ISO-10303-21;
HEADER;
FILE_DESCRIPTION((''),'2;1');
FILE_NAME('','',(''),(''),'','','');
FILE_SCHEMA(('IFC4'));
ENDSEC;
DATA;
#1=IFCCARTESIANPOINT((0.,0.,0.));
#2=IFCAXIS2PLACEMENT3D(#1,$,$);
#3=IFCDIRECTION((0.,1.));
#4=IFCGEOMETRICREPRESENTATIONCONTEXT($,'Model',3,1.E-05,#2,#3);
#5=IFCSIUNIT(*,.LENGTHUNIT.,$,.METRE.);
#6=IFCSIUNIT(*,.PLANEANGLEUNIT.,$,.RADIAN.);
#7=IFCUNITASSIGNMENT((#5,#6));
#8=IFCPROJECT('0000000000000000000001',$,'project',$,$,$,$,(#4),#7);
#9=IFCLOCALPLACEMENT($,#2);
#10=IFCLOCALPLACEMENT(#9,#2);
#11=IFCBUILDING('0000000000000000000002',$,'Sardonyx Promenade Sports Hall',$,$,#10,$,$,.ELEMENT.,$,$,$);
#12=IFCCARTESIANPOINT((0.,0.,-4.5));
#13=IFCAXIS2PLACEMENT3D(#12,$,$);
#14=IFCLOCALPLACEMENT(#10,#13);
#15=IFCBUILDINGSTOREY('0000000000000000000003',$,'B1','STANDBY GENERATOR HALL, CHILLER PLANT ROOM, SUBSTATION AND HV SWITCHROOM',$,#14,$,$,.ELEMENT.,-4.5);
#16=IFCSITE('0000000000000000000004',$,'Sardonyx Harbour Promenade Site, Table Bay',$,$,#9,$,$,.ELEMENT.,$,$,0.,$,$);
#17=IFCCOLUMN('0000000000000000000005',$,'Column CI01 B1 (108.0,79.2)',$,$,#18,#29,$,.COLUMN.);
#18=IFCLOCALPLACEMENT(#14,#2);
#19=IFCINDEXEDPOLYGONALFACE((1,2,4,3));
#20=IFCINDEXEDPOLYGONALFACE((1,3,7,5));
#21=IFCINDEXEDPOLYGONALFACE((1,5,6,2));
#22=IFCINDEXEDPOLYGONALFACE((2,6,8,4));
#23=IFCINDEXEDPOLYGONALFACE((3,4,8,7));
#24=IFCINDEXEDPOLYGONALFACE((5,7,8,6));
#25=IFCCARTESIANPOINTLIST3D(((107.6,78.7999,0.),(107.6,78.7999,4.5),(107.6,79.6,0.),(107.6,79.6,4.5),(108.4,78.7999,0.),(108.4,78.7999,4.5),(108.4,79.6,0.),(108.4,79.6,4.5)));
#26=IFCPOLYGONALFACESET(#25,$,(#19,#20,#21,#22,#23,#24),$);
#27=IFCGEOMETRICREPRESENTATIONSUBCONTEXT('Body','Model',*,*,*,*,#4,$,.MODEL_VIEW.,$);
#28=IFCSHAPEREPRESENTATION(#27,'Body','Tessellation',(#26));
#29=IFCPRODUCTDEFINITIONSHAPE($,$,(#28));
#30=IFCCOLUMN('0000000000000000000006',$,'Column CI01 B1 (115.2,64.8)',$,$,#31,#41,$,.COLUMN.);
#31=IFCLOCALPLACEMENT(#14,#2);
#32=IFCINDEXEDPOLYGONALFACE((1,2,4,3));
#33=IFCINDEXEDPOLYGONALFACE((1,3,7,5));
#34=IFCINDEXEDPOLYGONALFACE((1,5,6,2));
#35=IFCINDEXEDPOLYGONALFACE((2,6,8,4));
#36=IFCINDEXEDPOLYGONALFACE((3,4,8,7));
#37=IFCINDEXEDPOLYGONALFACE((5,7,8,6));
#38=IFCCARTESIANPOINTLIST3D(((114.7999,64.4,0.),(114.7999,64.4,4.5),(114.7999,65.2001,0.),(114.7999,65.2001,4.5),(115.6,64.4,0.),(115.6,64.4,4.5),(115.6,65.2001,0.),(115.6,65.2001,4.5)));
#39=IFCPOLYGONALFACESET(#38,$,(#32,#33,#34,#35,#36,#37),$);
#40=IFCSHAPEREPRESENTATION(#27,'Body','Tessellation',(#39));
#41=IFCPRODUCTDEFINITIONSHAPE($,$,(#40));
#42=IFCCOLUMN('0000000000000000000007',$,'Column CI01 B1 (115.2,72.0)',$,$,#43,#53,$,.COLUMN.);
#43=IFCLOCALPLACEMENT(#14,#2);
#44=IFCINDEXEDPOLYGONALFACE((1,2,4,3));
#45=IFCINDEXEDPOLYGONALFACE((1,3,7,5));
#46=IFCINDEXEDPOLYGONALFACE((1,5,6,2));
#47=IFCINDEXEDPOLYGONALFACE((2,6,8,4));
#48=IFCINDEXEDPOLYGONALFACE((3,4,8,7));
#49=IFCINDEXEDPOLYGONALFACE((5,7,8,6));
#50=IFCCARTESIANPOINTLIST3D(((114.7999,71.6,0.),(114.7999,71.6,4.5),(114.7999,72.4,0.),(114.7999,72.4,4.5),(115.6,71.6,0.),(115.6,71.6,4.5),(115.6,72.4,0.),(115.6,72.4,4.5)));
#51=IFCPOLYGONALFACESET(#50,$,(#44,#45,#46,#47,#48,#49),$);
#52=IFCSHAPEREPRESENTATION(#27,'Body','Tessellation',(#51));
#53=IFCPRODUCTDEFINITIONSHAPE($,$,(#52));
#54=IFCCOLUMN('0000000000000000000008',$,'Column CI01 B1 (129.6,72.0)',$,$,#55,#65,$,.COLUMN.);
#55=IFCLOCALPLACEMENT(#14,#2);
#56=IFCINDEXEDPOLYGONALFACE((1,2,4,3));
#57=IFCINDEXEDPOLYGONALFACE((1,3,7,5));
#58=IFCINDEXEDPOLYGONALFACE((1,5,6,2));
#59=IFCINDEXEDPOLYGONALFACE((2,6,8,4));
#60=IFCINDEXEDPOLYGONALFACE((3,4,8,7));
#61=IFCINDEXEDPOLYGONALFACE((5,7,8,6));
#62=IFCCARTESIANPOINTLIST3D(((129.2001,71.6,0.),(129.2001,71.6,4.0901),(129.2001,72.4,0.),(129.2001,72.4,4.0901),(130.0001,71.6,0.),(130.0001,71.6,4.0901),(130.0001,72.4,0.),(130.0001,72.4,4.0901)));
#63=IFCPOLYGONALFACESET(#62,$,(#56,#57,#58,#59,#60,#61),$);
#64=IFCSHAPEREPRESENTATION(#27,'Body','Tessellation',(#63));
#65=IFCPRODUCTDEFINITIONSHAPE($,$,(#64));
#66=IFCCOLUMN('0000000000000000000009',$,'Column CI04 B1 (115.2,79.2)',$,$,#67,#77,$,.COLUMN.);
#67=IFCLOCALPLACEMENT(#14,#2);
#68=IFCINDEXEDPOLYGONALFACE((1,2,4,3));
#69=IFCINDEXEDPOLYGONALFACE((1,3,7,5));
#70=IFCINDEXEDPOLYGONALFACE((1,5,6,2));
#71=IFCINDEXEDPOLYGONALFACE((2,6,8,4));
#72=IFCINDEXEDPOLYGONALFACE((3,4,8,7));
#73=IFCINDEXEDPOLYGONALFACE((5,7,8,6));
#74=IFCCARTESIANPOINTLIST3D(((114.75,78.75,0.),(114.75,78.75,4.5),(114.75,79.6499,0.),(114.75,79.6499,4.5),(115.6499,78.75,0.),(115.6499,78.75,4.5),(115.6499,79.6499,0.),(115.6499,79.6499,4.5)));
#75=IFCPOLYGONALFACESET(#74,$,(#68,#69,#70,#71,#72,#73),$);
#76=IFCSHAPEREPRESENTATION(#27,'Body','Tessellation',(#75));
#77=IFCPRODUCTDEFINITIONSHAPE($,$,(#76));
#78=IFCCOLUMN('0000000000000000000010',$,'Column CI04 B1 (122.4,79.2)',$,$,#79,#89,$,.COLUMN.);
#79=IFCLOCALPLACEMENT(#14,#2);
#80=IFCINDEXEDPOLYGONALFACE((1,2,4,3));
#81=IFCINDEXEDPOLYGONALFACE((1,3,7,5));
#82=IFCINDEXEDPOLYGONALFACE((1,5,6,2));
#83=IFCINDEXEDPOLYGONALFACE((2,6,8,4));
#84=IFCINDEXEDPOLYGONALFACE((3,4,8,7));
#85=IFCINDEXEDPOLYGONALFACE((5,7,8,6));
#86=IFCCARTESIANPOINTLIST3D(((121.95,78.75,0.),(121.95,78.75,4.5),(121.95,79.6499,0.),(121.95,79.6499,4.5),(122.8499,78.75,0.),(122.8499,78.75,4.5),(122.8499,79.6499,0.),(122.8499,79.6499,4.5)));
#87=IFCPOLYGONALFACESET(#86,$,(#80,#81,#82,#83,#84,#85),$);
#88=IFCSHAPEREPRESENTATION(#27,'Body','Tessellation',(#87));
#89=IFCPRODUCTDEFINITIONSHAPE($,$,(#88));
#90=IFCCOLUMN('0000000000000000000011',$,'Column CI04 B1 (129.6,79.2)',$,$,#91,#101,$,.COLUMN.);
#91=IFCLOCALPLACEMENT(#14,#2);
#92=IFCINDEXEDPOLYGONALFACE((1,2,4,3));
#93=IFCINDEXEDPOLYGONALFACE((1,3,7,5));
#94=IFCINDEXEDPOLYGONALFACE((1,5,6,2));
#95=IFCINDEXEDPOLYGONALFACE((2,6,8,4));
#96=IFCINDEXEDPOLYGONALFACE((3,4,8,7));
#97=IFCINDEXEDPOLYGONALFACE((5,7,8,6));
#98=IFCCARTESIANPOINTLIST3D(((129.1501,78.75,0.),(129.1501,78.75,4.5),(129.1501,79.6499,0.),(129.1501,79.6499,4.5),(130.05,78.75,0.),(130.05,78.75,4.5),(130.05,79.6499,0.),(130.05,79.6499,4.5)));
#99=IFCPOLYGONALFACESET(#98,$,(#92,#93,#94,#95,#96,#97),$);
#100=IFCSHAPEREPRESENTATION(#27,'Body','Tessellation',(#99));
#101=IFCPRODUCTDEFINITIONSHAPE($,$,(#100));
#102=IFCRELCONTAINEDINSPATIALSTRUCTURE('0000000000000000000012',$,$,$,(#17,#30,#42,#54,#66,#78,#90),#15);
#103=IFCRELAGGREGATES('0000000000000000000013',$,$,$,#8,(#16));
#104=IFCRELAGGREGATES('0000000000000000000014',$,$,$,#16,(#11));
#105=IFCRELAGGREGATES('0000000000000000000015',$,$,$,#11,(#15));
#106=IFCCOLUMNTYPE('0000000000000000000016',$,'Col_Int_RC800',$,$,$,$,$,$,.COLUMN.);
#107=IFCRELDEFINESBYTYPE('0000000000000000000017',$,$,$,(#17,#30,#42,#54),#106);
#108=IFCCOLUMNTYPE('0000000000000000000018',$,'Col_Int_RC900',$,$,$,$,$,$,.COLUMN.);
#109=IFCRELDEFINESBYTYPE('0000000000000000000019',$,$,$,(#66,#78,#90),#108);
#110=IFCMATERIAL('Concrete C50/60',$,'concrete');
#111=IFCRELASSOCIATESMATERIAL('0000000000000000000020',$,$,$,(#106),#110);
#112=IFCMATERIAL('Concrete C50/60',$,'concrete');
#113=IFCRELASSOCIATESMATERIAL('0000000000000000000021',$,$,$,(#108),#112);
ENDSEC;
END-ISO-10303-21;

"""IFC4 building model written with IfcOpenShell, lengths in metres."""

from ifc_helpers import new_model, si_unit, direction, frame, origin, origin_2d, place, context, subcontext, project, spatial, rectangle, extrude, material, material_profile, profile_set, type_object, element, save


model = new_model("IFC4")

# Units and contexts
model_context = context("Model", 3, precision=1e-05, world=origin(), true_north=direction((0.0, 1.0)))
body_context = subcontext(model_context, "Body", "Model", "MODEL_VIEW")
ifc_project = project(units=[si_unit("LENGTHUNIT", "METRE"), si_unit("PLANEANGLEUNIT", "RADIAN")], contexts=[model_context])

# Site, building, storey
site_placement = place(None, origin())
site = spatial("IfcSite", under=ifc_project, at=site_placement, Name="Sardonyx Harbour Promenade Site, Table Bay", CompositionType="ELEMENT", RefElevation=0.0)
building_placement = place(site_placement, origin())
building = spatial("IfcBuilding", under=site, at=building_placement, Name="Sardonyx Promenade Sports Hall", CompositionType="ELEMENT")
storey_placement = place(building_placement, frame((0.0, 0.0, -4.5)))
storey = spatial("IfcBuildingStorey", under=building, at=storey_placement, Name="B1", Description="STANDBY GENERATOR HALL, CHILLER PLANT ROOM, SUBSTATION AND HV SWITCHROOM", CompositionType="ELEMENT", Elevation=-4.5)

# Columns
ifc_material_1 = material(Name="Concrete C50/60", Category="concrete")
ifc_material_profile_1 = material_profile(ifc_material_1, rectangle(XDim=0.8, YDim=0.8, at=origin_2d()))
ifc_profile_set_1 = profile_set([ifc_material_profile_1], Name="Concrete C50/60")
column_type_1 = type_object("IfcColumnType", Name="Col_Int_RC800", PredefinedType="COLUMN", material=ifc_profile_set_1)
for number, where, z_axis, x_axis, name in (
    (1, (108.0, 79.2, 0.0), (0.0, 0.0, 1.0), (1.0, 0.0, 0.0), "Column CI01 B1 (108.0,79.2)"),
    (2, (115.2, 64.8, 0.0), (0.0, 0.0, 1.0), (1.0, 0.0, 0.0), "Column CI01 B1 (115.2,64.8)"),
    (3, (115.2, 72.0, 0.0), (0.0, 0.0, 1.0), (1.0, 0.0, 0.0), "Column CI01 B1 (115.2,72.0)"),
):
    element("IfcColumn", number, at=place(storey_placement, frame(where, z_axis=z_axis, x_axis=x_axis)), inside=storey, type_object=column_type_1, Name=name, PredefinedType="COLUMN", context=body_context, shape_type="SweptSolid", body=[
        extrude(rectangle(XDim=0.8, YDim=0.8, at=origin_2d()), origin(), (0.0, 0.0, 1.0), 4.5),
    ])
column_placement = place(storey_placement, frame((129.6001, 72.0, 0.0), z_axis=(0.0, 0.0, 1.0), x_axis=(1.0, 0.0, 0.0)))
element("IfcColumn", 4, at=column_placement, inside=storey, type_object=column_type_1, Name="Column CI01 B1 (129.6,72.0)", PredefinedType="COLUMN", context=body_context, shape_type="SweptSolid", body=[
    extrude(rectangle(XDim=0.8, YDim=0.8, at=origin_2d()), origin(), (0.0, 0.0, 1.0), 4.0901),
])
ifc_material_2 = material(Name="Concrete C50/60", Category="concrete")
ifc_material_profile_2 = material_profile(ifc_material_2, rectangle(XDim=0.8999, YDim=0.8999, at=origin_2d()))
ifc_profile_set_2 = profile_set([ifc_material_profile_2], Name="Concrete C50/60")
column_type_2 = type_object("IfcColumnType", Name="Col_Int_RC900", PredefinedType="COLUMN", material=ifc_profile_set_2)
for number, where, z_axis, x_axis, name in (
    (5, (115.2, 79.2, 0.0), (0.0, 0.0, 1.0), (1.0, 0.0, 0.0), "Column CI04 B1 (115.2,79.2)"),
    (6, (122.3999, 79.2, 0.0), (0.0, 0.0, 1.0), (1.0, 0.0, 0.0), "Column CI04 B1 (122.4,79.2)"),
    (7, (129.6001, 79.2, 0.0), (0.0, 0.0, 1.0), (1.0, 0.0, 0.0), "Column CI04 B1 (129.6,79.2)"),
):
    element("IfcColumn", number, at=place(storey_placement, frame(where, z_axis=z_axis, x_axis=x_axis)), inside=storey, type_object=column_type_2, Name=name, PredefinedType="COLUMN", context=body_context, shape_type="SweptSolid", body=[
        extrude(rectangle(XDim=0.8999, YDim=0.8999, at=origin_2d()), origin(), (0.0, 0.0, 1.0), 4.5),
    ])

save(model, "model.ifc")
